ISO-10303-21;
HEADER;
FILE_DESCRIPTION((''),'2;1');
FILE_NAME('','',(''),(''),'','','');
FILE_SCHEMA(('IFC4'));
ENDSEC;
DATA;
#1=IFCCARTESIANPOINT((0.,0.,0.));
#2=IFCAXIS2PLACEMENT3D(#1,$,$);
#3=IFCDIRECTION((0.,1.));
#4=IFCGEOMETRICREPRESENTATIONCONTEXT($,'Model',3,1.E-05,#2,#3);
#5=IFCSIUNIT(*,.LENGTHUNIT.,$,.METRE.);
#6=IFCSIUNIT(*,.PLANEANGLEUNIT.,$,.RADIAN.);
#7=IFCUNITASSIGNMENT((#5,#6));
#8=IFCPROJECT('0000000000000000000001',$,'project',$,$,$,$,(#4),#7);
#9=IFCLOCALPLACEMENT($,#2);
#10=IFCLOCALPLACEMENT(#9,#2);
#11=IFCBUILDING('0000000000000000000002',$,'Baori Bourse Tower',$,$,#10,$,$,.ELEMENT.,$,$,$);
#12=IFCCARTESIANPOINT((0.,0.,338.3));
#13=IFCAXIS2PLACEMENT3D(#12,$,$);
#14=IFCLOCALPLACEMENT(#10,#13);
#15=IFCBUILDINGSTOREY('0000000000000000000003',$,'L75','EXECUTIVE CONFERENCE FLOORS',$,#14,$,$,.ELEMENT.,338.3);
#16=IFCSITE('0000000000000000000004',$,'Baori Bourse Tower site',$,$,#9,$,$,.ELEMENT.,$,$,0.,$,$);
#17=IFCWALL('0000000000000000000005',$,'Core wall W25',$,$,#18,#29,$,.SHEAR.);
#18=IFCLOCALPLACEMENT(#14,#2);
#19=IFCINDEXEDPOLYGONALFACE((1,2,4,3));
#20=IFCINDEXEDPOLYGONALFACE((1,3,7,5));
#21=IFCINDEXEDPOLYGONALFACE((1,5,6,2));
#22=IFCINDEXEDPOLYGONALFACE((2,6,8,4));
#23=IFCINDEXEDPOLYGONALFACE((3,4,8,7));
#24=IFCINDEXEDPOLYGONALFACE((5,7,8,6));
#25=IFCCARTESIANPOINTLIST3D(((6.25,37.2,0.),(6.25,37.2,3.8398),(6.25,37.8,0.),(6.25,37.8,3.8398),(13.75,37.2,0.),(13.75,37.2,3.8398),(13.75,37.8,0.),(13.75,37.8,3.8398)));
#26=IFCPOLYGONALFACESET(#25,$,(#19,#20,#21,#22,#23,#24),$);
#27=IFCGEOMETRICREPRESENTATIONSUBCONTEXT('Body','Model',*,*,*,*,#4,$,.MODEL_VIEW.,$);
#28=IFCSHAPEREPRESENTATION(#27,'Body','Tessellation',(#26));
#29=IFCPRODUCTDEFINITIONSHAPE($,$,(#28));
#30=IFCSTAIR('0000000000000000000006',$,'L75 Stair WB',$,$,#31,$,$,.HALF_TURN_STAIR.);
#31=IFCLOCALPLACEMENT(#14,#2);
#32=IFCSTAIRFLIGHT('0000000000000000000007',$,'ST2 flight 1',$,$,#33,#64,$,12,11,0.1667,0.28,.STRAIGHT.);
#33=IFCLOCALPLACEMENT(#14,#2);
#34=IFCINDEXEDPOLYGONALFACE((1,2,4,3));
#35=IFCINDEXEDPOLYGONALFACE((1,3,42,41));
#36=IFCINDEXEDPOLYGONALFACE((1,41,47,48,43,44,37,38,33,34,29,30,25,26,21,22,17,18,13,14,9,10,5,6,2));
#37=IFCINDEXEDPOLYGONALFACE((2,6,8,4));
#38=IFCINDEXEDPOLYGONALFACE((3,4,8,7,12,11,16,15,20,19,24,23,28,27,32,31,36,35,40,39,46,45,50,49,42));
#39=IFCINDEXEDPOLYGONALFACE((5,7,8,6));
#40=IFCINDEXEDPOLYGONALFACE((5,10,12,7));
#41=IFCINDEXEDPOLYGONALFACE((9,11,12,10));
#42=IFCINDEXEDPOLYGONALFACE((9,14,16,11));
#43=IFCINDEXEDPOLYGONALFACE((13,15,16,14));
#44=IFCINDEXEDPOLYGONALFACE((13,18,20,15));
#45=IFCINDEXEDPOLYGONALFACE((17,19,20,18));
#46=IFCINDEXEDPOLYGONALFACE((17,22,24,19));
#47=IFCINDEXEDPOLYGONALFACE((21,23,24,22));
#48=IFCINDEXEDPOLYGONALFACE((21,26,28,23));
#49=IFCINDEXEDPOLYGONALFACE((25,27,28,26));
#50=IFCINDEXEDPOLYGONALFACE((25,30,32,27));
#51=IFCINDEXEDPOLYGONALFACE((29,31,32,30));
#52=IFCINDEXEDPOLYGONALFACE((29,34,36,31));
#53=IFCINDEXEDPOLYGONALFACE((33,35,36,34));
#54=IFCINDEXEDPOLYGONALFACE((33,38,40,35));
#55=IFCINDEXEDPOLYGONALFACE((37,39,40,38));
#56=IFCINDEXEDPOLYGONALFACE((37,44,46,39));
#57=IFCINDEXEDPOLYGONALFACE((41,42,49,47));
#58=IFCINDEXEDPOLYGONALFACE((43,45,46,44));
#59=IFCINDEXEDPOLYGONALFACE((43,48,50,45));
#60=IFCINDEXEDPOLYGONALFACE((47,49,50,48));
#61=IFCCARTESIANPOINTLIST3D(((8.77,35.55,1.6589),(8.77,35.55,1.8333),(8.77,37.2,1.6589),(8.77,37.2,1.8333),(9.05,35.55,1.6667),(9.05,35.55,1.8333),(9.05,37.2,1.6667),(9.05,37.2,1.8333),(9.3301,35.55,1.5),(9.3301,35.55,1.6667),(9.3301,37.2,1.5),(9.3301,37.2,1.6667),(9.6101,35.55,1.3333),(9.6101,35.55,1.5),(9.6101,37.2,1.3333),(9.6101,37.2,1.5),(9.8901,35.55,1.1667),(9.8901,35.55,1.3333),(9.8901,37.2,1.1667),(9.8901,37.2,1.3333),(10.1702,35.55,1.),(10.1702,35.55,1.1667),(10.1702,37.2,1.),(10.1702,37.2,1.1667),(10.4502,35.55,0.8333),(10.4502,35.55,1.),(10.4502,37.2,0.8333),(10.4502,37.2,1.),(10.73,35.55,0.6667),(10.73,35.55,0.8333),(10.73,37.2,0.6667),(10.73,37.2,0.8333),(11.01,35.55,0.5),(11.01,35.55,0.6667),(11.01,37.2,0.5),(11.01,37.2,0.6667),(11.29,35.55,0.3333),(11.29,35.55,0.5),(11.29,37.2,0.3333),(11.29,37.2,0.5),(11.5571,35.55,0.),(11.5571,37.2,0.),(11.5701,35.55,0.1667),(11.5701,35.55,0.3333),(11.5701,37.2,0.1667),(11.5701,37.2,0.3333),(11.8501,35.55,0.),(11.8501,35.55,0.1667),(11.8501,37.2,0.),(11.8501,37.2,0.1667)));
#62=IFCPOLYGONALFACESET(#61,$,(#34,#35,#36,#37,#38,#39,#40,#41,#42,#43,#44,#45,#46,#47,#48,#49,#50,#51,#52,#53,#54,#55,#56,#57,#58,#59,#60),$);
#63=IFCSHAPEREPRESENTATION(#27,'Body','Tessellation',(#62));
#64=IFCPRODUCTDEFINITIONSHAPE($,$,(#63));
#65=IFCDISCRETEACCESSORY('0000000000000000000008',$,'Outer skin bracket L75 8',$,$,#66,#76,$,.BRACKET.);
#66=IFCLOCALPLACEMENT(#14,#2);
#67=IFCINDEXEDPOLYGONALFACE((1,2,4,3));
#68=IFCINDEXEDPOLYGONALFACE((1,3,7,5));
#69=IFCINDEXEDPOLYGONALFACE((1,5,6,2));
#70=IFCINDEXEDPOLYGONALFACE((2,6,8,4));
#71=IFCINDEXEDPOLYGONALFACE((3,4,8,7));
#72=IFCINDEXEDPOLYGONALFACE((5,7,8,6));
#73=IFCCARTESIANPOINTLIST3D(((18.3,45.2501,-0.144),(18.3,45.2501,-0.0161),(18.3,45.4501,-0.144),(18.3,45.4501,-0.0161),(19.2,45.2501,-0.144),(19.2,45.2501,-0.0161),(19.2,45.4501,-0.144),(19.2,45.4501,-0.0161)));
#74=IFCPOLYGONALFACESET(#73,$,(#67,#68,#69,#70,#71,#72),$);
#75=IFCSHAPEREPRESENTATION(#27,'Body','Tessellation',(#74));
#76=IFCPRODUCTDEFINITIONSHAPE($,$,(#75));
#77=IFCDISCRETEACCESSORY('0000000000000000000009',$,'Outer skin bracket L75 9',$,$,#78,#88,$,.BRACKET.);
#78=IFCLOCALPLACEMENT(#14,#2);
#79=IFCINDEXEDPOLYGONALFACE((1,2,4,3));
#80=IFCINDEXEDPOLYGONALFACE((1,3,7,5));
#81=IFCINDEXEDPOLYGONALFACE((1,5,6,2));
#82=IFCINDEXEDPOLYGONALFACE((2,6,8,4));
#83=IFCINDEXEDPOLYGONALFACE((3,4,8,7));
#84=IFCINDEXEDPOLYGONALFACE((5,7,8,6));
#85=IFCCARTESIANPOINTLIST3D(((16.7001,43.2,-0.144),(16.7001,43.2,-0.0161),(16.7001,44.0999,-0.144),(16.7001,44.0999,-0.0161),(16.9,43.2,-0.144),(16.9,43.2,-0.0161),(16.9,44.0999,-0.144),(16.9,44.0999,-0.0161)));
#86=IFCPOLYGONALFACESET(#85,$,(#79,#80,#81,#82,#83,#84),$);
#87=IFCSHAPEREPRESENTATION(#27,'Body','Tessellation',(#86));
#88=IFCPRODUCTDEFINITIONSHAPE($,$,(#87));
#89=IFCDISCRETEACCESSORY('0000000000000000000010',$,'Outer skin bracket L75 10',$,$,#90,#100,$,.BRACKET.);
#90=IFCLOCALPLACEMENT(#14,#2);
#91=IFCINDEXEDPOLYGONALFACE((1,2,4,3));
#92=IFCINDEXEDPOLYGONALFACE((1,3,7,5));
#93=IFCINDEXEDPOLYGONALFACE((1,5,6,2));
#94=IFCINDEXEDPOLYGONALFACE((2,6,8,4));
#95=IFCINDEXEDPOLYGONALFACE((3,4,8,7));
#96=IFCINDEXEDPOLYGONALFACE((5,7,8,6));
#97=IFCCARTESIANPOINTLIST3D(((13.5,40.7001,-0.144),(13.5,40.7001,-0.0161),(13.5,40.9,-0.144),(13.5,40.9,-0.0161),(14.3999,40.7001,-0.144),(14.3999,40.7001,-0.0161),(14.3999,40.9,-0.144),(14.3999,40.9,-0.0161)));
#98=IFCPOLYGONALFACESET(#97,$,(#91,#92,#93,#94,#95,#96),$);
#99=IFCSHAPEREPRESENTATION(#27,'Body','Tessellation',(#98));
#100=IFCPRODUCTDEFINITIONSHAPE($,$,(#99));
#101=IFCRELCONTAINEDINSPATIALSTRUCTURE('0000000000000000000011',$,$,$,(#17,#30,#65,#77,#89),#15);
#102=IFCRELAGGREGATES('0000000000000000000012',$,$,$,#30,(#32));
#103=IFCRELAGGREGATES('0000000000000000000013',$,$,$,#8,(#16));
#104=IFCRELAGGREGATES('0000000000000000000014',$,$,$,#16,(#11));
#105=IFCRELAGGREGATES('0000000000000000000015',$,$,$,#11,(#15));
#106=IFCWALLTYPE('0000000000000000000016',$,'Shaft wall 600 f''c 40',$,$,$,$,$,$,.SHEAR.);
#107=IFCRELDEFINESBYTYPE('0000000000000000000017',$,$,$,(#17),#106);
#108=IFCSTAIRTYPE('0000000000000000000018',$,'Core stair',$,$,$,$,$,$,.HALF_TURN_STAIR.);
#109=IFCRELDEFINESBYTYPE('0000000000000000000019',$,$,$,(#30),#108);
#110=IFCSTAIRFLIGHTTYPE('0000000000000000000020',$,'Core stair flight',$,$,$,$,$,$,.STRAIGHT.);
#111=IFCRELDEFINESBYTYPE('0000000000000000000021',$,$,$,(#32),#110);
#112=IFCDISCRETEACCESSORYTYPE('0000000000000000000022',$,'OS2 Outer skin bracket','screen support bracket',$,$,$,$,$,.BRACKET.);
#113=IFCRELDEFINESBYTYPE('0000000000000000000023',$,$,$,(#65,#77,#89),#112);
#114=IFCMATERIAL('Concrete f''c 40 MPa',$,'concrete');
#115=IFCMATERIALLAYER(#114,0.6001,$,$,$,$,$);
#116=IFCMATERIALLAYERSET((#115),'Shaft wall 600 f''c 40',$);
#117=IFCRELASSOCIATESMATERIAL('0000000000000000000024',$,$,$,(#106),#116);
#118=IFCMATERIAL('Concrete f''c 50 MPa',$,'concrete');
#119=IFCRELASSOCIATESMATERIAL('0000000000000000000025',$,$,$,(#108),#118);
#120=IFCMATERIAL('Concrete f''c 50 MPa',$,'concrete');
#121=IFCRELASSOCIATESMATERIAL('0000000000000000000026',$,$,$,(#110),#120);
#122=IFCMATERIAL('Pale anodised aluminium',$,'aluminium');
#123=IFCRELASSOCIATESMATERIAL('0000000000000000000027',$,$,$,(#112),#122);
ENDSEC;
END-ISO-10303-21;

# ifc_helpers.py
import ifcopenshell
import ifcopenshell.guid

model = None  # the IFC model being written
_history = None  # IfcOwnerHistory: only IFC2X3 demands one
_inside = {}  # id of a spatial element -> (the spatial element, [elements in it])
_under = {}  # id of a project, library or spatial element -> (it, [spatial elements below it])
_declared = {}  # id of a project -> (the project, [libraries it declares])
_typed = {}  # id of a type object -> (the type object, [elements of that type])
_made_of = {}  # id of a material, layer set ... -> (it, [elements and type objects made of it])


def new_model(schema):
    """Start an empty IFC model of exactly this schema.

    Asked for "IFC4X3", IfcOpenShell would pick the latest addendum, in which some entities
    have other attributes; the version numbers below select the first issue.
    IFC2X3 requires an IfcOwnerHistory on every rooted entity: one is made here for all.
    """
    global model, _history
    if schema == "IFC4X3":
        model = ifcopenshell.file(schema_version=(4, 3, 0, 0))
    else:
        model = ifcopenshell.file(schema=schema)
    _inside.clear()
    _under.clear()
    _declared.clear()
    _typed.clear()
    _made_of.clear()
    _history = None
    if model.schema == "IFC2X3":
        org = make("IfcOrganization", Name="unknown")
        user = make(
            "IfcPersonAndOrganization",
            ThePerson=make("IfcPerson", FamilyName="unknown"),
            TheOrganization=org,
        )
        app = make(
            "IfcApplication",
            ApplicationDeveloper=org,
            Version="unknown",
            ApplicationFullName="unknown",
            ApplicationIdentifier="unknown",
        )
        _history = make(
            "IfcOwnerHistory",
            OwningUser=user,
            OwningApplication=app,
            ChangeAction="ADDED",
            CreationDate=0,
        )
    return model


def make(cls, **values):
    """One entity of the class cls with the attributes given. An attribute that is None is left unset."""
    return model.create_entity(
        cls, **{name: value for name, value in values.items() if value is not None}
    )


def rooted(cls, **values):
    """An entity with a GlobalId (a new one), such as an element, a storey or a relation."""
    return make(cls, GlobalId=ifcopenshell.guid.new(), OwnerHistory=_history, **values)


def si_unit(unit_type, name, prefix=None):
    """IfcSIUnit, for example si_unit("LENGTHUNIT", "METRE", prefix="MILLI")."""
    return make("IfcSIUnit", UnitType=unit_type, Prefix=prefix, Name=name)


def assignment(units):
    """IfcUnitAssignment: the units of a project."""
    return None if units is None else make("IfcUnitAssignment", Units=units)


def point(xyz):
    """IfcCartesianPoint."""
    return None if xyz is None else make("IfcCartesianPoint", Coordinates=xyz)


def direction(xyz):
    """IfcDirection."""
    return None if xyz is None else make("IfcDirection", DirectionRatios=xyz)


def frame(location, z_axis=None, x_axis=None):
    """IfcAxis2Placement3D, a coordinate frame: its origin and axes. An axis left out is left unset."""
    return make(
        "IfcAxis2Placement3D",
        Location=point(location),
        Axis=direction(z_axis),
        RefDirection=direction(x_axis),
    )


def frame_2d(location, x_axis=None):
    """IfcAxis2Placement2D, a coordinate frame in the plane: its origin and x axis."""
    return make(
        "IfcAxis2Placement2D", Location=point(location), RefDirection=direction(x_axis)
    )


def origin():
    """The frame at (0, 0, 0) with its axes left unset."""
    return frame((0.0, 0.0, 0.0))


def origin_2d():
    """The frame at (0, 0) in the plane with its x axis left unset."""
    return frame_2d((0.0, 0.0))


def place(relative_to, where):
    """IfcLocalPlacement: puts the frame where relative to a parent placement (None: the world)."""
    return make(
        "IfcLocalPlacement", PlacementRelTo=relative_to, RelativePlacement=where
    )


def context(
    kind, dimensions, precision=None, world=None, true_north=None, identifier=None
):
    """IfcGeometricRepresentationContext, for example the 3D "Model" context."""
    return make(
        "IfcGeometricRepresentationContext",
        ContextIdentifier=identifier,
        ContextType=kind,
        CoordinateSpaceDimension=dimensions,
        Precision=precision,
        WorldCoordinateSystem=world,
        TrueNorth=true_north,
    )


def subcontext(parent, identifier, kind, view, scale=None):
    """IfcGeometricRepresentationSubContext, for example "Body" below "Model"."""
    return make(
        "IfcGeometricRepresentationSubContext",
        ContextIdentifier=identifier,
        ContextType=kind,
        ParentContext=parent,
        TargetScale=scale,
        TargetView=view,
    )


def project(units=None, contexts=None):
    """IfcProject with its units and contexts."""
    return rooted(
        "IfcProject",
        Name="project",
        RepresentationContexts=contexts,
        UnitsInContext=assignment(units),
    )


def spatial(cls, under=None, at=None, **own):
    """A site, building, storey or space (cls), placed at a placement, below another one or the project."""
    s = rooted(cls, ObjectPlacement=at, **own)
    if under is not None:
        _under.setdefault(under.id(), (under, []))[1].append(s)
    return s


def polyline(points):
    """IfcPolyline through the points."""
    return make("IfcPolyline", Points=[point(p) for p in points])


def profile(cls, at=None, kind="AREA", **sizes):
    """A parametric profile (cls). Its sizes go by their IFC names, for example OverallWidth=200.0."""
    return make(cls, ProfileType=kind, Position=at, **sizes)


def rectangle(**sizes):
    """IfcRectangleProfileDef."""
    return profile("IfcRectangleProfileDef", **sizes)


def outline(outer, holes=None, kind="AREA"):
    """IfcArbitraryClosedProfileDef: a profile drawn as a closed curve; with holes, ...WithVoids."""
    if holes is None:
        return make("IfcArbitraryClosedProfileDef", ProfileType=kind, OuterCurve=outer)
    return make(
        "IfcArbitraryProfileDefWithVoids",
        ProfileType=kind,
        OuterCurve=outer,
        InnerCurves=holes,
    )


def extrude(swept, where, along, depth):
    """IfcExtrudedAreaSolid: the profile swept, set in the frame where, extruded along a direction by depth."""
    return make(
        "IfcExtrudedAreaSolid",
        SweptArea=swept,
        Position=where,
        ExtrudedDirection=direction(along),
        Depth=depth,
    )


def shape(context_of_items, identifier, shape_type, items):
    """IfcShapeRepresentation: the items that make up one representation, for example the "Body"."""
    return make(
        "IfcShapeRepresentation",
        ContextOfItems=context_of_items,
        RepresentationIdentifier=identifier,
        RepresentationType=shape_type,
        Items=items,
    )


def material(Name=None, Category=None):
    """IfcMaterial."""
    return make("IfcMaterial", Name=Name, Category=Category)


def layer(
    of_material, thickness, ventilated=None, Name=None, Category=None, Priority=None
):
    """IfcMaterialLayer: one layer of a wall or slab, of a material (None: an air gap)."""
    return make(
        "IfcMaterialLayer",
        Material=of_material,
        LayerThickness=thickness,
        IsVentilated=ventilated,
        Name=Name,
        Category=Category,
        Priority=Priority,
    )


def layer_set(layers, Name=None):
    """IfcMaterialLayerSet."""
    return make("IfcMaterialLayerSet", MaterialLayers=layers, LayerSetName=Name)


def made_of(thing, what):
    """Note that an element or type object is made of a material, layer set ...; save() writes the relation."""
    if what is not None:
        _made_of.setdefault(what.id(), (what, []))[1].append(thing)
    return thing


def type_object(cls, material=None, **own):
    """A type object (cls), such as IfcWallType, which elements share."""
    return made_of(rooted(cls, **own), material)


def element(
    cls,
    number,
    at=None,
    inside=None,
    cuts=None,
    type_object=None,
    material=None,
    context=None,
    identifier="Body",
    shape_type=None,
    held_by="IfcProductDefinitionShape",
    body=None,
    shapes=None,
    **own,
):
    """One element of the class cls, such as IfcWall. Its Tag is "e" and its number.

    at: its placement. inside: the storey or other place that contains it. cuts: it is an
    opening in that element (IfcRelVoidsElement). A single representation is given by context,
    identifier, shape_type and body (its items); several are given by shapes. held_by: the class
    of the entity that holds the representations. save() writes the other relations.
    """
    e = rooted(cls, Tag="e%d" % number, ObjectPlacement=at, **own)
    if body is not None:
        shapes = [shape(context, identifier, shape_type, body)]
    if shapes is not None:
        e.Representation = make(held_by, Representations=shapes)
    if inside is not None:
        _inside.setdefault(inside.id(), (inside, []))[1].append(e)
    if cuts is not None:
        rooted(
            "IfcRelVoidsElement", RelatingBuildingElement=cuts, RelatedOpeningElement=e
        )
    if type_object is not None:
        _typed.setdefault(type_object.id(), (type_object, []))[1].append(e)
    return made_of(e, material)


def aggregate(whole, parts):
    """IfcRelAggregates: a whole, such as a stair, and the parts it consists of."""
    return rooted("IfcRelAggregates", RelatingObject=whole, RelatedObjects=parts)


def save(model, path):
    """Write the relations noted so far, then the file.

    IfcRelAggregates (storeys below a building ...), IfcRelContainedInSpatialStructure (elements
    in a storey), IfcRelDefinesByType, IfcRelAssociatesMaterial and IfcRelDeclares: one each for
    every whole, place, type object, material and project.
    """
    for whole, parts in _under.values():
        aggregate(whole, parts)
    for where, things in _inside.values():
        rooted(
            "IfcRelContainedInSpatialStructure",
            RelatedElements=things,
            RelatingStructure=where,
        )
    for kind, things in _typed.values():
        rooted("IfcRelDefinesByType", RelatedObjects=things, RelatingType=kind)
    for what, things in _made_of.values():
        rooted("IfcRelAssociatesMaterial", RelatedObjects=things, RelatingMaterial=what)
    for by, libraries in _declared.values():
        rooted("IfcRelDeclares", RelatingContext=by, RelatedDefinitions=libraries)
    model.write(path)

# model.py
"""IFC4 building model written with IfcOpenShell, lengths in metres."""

from ifc_helpers import new_model, si_unit, direction, frame, frame_2d, origin, origin_2d, place, context, subcontext, project, spatial, polyline, rectangle, outline, extrude, material, layer, layer_set, type_object, element, aggregate, save


model = new_model("IFC4")

# Units and contexts
model_context = context("Model", 3, precision=1e-05, world=origin(), true_north=direction((0.0, 1.0)))
body_context = subcontext(model_context, "Body", "Model", "MODEL_VIEW")
ifc_project = project(units=[si_unit("LENGTHUNIT", "METRE"), si_unit("PLANEANGLEUNIT", "RADIAN")], contexts=[model_context])

# Site, building, storey
site_placement = place(None, origin())
site = spatial("IfcSite", under=ifc_project, at=site_placement, Name="Baori Bourse Tower site", CompositionType="ELEMENT", RefElevation=0.0)
building_placement = place(site_placement, origin())
building = spatial("IfcBuilding", under=site, at=building_placement, Name="Baori Bourse Tower", CompositionType="ELEMENT")
storey_placement = place(building_placement, frame((0.0, 0.0, 338.3)))
storey = spatial("IfcBuildingStorey", under=building, at=storey_placement, Name="L75", Description="EXECUTIVE CONFERENCE FLOORS", CompositionType="ELEMENT", Elevation=338.3)

# Wall
ifc_material_1 = material(Name="Concrete f'c 40 MPa", Category="concrete")
ifc_layer_1 = layer(ifc_material_1, 0.6001)
ifc_layer_set_1 = layer_set([ifc_layer_1], Name="Shaft wall 600 f'c 40")
wall_type_1 = type_object("IfcWallType", Name="Shaft wall 600 f'c 40", PredefinedType="SHEAR", material=ifc_layer_set_1)
wall_1_placement = place(storey_placement, frame((6.25, 37.5, 0.0), z_axis=(0.0, 0.0, 1.0), x_axis=(1.0, 0.0, 0.0)))
element("IfcWall", 1, at=wall_1_placement, inside=storey, type_object=wall_type_1, Name="Core wall W25", PredefinedType="SHEAR", context=body_context, shape_type="SweptSolid", body=[
    extrude(rectangle(XDim=7.5, YDim=0.6001, at=frame_2d((3.75, 0.0))), origin(), (0.0, 0.0, 1.0), 3.8398),
])

# Stair, stair flight
ifc_material_2 = material(Name="Concrete f'c 50 MPa", Category="concrete")
stair_type = type_object("IfcStairType", Name="Core stair", PredefinedType="HALF_TURN_STAIR", material=ifc_material_2)
stair_placement = place(storey_placement, origin())
stair = element("IfcStair", 2, at=stair_placement, inside=storey, type_object=stair_type, Name="L75 Stair WB", PredefinedType="HALF_TURN_STAIR")
ifc_material_3 = material(Name="Concrete f'c 50 MPa", Category="concrete")
stair_flight_type = type_object("IfcStairFlightType", Name="Core stair flight", PredefinedType="STRAIGHT", material=ifc_material_3)
stair_flight_placement = place(storey_placement, frame((11.8501, 36.375, 0.0), z_axis=(0.0, 0.0, 1.0), x_axis=(-1.0, 0.0, 0.0)))
stair_flight = element("IfcStairFlight", 3, at=stair_flight_placement, type_object=stair_flight_type, Name="ST2 flight 1", NumberOfRisers=12, NumberOfTreads=11, PredefinedType="STRAIGHT", RiserHeight=0.1667, TreadLength=0.28, context=body_context, shape_type="SweptSolid", body=[
    extrude(outline(polyline([(0.0, 0.0), (0.0, 0.1667), (0.28, 0.1667), (0.28, 0.3333), (0.5601, 0.3333), (0.5601, 0.5), (0.8401, 0.5), (0.8401, 0.6667), (1.1201, 0.6667), (1.1201, 0.8333), (1.3999, 0.8333), (1.3999, 1.0), (1.6799, 1.0), (1.6799, 1.1667), (1.96, 1.1667), (1.96, 1.3333), (2.24, 1.3333), (2.24, 1.5), (2.52, 1.5), (2.52, 1.6667), (2.8, 1.6667), (2.8, 1.8333), (3.0801, 1.8333), (3.0801, 2.0), (3.0801, 1.6589), (0.293, 0.0), (0.0, 0.0)])), frame((0.0, 0.825, 0.0), z_axis=(0.0, -1.0, 0.0), x_axis=(1.0, 0.0, 0.0)), (0.0, 0.0, 1.0), 1.6499),
])
aggregate(stair, [stair_flight])

# Discrete accessories
ifc_material_4 = material(Name="Pale anodised aluminium", Category="aluminium")
discrete_accessory_type = type_object("IfcDiscreteAccessoryType", Name="OS2 Outer skin bracket", Description="screen support bracket", PredefinedType="BRACKET", material=ifc_material_4)
for number, where, z_axis, x_axis, name in (
    (4, (18.75, 45.3501, -0.144), (0.0, 0.0, 1.0), (0.0, -1.0, 0.0), "Outer skin bracket L75 8"),
    (5, (16.8, 43.6499, -0.144), (0.0, 0.0, 1.0), (-1.0, 0.0, 0.0), "Outer skin bracket L75 9"),
    (6, (13.95, 40.8, -0.144), (0.0, 0.0, 1.0), (0.0, -1.0, 0.0), "Outer skin bracket L75 10"),
):
    element("IfcDiscreteAccessory", number, at=place(storey_placement, frame(where, z_axis=z_axis, x_axis=x_axis)), inside=storey, type_object=discrete_accessory_type, Name=name, PredefinedType="BRACKET", context=body_context, shape_type="SweptSolid", body=[
        extrude(rectangle(XDim=0.2, YDim=0.8999, at=origin_2d()), origin(), (0.0, 0.0, 1.0), 0.1279),
    ])

save(model, "model.ifc")
